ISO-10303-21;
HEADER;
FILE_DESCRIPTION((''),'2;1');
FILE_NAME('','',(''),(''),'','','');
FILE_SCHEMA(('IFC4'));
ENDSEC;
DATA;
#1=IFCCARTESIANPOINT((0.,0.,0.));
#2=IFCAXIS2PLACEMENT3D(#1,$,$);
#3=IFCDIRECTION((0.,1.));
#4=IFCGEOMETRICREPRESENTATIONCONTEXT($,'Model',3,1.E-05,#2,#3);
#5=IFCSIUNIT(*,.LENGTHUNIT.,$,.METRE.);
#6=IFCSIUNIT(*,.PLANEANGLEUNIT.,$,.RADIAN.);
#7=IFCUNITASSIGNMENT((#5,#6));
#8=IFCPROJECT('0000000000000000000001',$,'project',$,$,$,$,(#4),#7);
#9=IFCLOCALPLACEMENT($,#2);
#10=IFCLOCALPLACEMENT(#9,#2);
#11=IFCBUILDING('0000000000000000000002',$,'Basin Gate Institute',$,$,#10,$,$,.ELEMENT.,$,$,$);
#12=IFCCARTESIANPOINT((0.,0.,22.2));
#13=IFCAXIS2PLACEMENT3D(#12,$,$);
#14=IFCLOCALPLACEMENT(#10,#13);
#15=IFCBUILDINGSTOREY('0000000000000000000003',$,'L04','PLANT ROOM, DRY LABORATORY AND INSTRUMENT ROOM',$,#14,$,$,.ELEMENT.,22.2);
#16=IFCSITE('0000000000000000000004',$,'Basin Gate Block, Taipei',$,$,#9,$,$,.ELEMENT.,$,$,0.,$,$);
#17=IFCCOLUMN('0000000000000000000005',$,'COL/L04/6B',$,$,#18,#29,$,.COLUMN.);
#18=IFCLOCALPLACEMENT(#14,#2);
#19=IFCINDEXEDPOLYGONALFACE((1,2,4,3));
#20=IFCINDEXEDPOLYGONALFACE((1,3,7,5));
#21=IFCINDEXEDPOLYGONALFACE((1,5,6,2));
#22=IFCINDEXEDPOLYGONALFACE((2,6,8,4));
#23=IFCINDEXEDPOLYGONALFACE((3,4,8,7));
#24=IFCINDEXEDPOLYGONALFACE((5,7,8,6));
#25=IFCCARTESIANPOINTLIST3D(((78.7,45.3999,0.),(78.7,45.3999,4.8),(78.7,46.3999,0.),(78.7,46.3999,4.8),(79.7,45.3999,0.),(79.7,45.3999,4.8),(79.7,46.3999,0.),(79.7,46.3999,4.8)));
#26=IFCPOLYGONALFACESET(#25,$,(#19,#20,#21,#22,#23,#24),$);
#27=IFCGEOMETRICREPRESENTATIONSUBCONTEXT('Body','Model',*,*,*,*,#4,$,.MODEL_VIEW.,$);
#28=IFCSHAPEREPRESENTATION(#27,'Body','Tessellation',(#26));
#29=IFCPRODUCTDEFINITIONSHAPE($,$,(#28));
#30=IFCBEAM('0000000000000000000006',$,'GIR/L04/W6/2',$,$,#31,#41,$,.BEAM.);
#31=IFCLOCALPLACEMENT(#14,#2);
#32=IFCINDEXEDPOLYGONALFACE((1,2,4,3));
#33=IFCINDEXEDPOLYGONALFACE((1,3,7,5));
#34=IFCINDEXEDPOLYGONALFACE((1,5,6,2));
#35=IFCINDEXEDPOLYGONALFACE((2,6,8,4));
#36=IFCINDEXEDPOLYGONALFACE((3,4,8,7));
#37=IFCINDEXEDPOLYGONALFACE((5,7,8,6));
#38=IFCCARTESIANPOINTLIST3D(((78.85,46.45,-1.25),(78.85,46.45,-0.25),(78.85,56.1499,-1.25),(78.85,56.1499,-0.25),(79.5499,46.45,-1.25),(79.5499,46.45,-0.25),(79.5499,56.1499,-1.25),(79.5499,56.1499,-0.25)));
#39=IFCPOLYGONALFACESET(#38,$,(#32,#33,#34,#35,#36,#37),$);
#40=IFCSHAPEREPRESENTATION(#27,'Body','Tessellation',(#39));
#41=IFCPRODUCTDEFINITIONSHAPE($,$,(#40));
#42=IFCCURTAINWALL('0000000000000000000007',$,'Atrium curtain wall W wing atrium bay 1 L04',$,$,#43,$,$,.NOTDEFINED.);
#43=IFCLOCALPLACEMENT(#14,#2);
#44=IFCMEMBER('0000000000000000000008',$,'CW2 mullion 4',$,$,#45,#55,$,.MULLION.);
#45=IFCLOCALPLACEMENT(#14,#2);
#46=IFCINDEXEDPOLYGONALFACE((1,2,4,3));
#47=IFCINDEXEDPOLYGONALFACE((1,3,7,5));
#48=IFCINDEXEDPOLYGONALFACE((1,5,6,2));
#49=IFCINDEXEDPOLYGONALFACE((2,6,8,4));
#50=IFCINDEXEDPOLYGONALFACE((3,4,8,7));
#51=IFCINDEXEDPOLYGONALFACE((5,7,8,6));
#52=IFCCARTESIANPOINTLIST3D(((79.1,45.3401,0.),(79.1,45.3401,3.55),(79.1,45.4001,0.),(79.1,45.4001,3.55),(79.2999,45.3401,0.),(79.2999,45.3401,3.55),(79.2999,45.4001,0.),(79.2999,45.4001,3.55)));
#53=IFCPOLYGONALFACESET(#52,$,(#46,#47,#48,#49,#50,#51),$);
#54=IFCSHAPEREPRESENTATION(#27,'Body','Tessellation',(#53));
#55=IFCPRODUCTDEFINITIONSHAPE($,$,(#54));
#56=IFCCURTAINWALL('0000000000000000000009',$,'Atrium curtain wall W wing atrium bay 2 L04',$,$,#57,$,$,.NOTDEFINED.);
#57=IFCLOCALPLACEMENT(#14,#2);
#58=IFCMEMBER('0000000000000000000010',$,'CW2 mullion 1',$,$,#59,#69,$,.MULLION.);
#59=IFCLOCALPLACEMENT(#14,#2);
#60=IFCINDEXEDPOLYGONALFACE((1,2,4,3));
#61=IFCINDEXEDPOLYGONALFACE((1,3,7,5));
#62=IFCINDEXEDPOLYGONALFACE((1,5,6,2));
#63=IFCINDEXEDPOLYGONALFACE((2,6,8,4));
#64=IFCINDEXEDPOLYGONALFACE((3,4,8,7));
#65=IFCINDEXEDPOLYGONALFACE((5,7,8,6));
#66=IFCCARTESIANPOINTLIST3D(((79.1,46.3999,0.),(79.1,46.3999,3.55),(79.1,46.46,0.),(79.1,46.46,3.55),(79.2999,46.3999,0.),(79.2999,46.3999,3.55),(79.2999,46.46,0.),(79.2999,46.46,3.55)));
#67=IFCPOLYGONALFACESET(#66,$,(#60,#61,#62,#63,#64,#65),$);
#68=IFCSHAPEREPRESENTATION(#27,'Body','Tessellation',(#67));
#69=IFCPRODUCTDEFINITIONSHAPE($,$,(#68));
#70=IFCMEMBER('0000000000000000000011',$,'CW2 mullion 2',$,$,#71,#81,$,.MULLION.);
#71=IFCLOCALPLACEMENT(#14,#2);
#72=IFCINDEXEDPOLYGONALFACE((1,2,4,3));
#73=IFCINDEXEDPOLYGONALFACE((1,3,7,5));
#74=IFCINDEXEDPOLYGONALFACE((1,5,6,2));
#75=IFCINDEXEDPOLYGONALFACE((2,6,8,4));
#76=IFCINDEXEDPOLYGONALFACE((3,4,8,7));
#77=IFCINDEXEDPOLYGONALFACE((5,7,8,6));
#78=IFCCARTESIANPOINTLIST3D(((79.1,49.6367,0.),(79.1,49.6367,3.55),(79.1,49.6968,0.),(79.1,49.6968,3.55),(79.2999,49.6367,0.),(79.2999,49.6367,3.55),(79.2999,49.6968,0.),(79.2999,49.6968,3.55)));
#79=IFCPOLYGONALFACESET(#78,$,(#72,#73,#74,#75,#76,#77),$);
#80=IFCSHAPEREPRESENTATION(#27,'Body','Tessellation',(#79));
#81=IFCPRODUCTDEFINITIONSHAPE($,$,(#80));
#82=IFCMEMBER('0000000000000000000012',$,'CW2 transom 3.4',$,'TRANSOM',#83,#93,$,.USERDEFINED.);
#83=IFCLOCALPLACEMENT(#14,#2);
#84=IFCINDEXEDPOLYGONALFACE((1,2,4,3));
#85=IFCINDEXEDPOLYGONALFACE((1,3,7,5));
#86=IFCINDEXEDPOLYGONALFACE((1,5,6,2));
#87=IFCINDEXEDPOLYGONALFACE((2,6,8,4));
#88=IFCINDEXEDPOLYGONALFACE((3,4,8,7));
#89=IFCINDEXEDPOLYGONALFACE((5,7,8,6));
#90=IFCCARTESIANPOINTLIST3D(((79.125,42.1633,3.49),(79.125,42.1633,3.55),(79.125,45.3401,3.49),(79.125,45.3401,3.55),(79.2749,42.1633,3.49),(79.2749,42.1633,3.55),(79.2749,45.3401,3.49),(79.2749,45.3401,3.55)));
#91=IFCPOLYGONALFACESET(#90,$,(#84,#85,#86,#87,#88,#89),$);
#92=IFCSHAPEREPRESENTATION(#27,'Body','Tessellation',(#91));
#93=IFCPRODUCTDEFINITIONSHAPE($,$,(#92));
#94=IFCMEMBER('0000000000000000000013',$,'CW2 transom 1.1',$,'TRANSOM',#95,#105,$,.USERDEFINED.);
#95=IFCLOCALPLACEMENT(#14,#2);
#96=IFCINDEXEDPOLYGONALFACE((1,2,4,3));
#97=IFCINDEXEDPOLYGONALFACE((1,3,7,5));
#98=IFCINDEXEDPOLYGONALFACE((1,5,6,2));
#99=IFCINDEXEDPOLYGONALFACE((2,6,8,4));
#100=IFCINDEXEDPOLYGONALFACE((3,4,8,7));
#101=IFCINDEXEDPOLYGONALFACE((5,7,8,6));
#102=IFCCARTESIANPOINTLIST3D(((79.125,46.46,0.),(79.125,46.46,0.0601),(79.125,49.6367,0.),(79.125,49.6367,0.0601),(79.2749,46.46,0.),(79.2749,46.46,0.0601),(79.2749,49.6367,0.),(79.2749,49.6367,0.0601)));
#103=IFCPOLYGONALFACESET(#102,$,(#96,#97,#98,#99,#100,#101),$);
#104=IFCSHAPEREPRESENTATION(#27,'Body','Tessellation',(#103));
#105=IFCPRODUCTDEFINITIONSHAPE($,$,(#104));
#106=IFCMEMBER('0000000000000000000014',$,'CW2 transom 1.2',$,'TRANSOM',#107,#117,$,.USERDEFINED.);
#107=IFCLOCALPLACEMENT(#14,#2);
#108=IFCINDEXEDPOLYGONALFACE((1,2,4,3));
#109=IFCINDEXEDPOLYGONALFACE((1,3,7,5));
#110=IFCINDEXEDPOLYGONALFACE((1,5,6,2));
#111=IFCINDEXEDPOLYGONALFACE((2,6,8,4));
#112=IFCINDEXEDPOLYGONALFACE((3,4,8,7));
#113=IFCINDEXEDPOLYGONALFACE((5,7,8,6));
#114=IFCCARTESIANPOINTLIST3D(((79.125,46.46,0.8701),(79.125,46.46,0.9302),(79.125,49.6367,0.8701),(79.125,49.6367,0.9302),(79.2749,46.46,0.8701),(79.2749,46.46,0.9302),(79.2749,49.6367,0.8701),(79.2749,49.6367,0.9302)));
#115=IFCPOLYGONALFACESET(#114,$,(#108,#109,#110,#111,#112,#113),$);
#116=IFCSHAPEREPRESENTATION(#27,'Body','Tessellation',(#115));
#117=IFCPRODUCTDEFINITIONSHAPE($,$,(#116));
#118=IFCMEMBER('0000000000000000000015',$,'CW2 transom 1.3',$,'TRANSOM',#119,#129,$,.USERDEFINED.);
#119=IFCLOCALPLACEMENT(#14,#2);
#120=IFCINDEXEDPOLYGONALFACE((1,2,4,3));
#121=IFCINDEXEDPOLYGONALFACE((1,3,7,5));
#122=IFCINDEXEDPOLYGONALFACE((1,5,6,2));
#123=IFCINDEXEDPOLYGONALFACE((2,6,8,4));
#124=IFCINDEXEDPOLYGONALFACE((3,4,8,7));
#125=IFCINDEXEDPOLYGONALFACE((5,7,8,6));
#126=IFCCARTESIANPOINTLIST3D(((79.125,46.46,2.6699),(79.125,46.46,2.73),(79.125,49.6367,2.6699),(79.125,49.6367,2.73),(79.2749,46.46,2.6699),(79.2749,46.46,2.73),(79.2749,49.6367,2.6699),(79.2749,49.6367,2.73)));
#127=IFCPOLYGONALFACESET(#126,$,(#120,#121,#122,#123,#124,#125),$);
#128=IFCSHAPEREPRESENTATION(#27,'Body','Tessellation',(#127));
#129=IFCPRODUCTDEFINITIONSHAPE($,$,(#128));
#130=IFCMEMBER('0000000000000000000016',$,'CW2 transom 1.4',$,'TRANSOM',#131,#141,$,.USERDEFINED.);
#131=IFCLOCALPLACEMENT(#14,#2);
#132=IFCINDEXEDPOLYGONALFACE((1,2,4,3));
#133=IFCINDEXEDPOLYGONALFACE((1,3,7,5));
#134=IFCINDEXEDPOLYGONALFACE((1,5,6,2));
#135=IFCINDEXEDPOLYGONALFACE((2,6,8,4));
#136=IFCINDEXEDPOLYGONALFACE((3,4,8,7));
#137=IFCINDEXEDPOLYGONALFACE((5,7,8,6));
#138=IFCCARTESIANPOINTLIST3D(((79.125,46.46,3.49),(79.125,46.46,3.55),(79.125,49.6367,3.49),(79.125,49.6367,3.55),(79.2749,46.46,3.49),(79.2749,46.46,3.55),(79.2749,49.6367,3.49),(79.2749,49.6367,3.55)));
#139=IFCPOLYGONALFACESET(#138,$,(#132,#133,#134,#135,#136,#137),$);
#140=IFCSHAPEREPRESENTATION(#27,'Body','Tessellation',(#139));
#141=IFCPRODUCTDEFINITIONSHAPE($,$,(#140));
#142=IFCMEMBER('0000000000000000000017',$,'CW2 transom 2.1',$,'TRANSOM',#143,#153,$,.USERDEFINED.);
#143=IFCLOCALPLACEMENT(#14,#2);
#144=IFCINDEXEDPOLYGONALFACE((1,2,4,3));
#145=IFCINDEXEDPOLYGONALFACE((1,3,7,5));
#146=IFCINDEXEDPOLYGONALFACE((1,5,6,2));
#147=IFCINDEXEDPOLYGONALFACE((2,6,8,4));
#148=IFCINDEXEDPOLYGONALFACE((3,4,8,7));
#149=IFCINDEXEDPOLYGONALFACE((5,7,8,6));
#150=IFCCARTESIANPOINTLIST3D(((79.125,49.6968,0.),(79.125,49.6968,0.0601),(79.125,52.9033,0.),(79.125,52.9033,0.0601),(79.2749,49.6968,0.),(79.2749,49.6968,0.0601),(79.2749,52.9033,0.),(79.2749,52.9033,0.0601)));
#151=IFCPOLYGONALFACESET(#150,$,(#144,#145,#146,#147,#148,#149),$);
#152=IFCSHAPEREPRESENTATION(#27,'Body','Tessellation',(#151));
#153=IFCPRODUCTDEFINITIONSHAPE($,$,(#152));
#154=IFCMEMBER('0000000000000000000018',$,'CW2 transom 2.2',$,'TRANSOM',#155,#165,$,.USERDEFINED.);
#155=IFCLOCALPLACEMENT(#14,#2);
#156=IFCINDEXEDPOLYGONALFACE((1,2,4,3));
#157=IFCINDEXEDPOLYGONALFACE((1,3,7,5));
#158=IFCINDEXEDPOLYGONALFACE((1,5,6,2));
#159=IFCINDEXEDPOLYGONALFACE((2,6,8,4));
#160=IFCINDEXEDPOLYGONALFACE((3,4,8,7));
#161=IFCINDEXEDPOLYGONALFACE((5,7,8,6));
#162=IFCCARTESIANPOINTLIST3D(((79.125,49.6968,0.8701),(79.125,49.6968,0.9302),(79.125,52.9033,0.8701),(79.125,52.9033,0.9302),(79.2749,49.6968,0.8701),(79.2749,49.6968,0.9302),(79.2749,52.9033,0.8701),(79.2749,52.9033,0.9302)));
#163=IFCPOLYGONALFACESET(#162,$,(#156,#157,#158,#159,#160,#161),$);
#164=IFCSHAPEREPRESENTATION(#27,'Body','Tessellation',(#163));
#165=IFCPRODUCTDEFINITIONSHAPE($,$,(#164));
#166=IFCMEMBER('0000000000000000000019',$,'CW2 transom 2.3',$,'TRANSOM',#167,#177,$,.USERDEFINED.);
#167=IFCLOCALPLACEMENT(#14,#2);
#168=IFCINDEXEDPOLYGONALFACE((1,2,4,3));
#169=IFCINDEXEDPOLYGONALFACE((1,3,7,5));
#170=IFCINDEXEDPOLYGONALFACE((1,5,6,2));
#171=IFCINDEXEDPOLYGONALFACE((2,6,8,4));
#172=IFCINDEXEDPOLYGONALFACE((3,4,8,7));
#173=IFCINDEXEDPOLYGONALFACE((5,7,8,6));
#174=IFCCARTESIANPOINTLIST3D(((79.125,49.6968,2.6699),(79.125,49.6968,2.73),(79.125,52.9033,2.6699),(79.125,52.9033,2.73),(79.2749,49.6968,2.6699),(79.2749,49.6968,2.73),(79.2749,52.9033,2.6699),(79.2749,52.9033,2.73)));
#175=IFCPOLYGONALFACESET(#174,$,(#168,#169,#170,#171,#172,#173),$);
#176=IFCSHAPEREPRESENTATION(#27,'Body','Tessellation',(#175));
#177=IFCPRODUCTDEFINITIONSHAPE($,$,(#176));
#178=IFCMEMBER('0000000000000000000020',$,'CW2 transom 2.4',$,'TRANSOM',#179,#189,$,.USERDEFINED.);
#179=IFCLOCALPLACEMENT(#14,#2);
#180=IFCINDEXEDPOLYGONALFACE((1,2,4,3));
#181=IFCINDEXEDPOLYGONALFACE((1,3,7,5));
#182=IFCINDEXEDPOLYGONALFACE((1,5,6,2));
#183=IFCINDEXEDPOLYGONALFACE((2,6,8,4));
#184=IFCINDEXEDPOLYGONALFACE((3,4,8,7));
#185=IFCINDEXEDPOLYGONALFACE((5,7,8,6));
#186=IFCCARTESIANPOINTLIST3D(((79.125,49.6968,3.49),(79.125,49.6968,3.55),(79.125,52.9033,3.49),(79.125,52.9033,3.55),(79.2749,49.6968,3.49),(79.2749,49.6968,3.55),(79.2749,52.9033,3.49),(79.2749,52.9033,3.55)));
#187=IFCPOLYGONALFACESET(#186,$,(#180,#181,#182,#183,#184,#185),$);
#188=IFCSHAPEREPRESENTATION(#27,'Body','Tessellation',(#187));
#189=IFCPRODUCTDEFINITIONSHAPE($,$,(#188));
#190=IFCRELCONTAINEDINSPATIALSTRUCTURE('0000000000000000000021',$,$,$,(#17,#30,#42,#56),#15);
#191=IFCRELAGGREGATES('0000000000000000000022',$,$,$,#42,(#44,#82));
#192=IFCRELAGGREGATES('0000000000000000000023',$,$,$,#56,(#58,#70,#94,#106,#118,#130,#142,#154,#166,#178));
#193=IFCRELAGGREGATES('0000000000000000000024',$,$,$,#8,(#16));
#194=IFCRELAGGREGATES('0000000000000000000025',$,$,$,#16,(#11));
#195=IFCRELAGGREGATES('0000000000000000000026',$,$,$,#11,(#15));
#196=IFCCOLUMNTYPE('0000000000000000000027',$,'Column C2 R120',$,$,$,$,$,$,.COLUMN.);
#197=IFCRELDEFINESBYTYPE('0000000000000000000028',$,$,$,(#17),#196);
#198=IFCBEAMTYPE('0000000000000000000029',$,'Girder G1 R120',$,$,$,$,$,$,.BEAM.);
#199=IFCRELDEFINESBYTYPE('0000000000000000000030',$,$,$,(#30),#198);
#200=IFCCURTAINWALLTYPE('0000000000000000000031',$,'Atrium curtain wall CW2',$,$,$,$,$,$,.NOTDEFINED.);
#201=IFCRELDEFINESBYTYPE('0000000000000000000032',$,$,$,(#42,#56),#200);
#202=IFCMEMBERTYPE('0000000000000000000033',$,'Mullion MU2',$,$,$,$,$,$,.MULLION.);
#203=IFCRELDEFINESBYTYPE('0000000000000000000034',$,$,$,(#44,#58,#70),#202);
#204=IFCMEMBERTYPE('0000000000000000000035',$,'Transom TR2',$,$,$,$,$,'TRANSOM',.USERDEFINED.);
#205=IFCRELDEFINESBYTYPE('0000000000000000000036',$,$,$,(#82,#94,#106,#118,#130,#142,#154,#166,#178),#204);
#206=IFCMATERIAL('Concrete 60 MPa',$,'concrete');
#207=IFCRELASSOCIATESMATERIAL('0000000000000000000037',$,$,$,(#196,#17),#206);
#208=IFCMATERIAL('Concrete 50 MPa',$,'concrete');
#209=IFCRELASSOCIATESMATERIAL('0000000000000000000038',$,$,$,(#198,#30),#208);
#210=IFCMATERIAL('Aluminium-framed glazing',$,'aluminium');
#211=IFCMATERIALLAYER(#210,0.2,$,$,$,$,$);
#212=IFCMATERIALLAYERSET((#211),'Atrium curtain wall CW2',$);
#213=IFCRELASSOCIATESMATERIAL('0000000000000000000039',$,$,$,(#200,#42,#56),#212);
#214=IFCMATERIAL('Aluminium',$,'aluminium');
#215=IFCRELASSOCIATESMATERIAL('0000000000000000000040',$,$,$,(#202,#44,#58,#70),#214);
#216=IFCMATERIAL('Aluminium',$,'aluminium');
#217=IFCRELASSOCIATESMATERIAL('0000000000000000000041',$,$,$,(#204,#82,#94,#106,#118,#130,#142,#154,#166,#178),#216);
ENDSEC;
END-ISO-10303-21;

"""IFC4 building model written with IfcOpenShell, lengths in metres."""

from ifc_helpers import new_model, si_unit, direction, frame, origin, origin_2d, place, context, subcontext, project, spatial, rectangle, extrude, material, layer, layer_set, material_profile, profile_set, type_object, element, aggregate, save


model = new_model("IFC4")

# Units and contexts
model_context = context("Model", 3, precision=1e-05, world=origin(), true_north=direction((0.0, 1.0)))
body_context = subcontext(model_context, "Body", "Model", "MODEL_VIEW")
ifc_project = project(units=[si_unit("LENGTHUNIT", "METRE"), si_unit("PLANEANGLEUNIT", "RADIAN")], contexts=[model_context])

# Site, building, storey
site_placement = place(None, origin())
site = spatial("IfcSite", under=ifc_project, at=site_placement, Name="Basin Gate Block, Taipei", CompositionType="ELEMENT", RefElevation=0.0)
building_placement = place(site_placement, origin())
building = spatial("IfcBuilding", under=site, at=building_placement, Name="Basin Gate Institute", CompositionType="ELEMENT")
storey_placement = place(building_placement, frame((0.0, 0.0, 22.2)))
storey = spatial("IfcBuildingStorey", under=building, at=storey_placement, Name="L04", Description="PLANT ROOM, DRY LABORATORY AND INSTRUMENT ROOM", CompositionType="ELEMENT", Elevation=22.2)

# Column
ifc_material_1 = material(Name="Concrete 60 MPa", Category="concrete")
ifc_material_profile_1 = material_profile(ifc_material_1, rectangle(XDim=1.0, YDim=1.0, at=origin_2d()), Name="Column C2 1000 x 1000")
ifc_profile_set_1 = profile_set([ifc_material_profile_1], Name="Concrete 60 MPa")
column_type = type_object("IfcColumnType", Name="Column C2 R120", PredefinedType="COLUMN", material=ifc_profile_set_1)
column_placement = place(storey_placement, frame((79.2, 45.8999, 0.0), z_axis=(0.0, 0.0, 1.0), x_axis=(1.0, 0.0, 0.0)))
element("IfcColumn", 1, at=column_placement, inside=storey, type_object=column_type, material=ifc_profile_set_1, Name="COL/L04/6B", PredefinedType="COLUMN", context=body_context, shape_type="SweptSolid", body=[
    extrude(rectangle(XDim=1.0, YDim=1.0, at=origin_2d()), origin(), (0.0, 0.0, 1.0), 4.8),
])

# Beam
ifc_material_2 = material(Name="Concrete 50 MPa", Category="concrete")
ifc_material_profile_2 = material_profile(ifc_material_2, rectangle(XDim=0.7, YDim=1.0, at=origin_2d()), Name="Girder G1 700 x 1000")
ifc_profile_set_2 = profile_set([ifc_material_profile_2], Name="Concrete 50 MPa")
beam_type = type_object("IfcBeamType", Name="Girder G1 R120", PredefinedType="BEAM", material=ifc_profile_set_2)
beam_placement = place(storey_placement, frame((79.2, 46.45, -0.75), z_axis=(0.0, 1.0, 0.0), x_axis=(-1.0, 0.0, 0.0)))
element("IfcBeam", 2, at=beam_placement, inside=storey, type_object=beam_type, material=ifc_profile_set_2, Name="GIR/L04/W6/2", PredefinedType="BEAM", context=body_context, shape_type="SweptSolid", body=[
    extrude(rectangle(XDim=0.7, YDim=1.0, at=origin_2d()), origin(), (0.0, 0.0, 1.0), 9.7),
])

# Curtain wall, member
ifc_material_3 = material(Name="Aluminium-framed glazing", Category="aluminium")
ifc_layer_1 = layer(ifc_material_3, 0.2)
ifc_layer_set_1 = layer_set([ifc_layer_1], Name="Atrium curtain wall CW2")
curtain_wall_type = type_object("IfcCurtainWallType", Name="Atrium curtain wall CW2", PredefinedType="NOTDEFINED", material=ifc_layer_set_1)
curtain_wall_1_placement = place(storey_placement, origin())
curtain_wall_1 = element("IfcCurtainWall", 3, at=curtain_wall_1_placement, inside=storey, type_object=curtain_wall_type, material=ifc_layer_set_1, Name="Atrium curtain wall W wing atrium bay 1 L04", PredefinedType="NOTDEFINED")
ifc_material_4 = material(Name="Aluminium", Category="aluminium")
ifc_material_profile_3 = material_profile(ifc_material_4, rectangle(XDim=0.2, YDim=0.0601, at=origin_2d()), Name="Mullion MU2 200 x 60")
ifc_profile_set_3 = profile_set([ifc_material_profile_3], Name="Aluminium")
member_type_1 = type_object("IfcMemberType", Name="Mullion MU2", PredefinedType="MULLION", material=ifc_profile_set_3)
member_1_placement = place(storey_placement, frame((79.2, 45.3701, 0.0), z_axis=(0.0, 0.0, 1.0), x_axis=(-1.0, 0.0, 0.0)))
member_1 = element("IfcMember", 4, at=member_1_placement, type_object=member_type_1, material=ifc_profile_set_3, Name="CW2 mullion 4", PredefinedType="MULLION", context=body_context, shape_type="SweptSolid", body=[
    extrude(rectangle(XDim=0.2, YDim=0.0601, at=origin_2d()), origin(), (0.0, 0.0, 1.0), 3.55),
])

# Curtain wall, members
curtain_wall_2_placement = place(storey_placement, origin())
curtain_wall_2 = element("IfcCurtainWall", 5, at=curtain_wall_2_placement, inside=storey, type_object=curtain_wall_type, material=ifc_layer_set_1, Name="Atrium curtain wall W wing atrium bay 2 L04", PredefinedType="NOTDEFINED")
member_2_placement = place(storey_placement, frame((79.2, 46.4299, 0.0), z_axis=(0.0, 0.0, 1.0), x_axis=(-1.0, 0.0, 0.0)))
member_2 = element("IfcMember", 6, at=member_2_placement, type_object=member_type_1, material=ifc_profile_set_3, Name="CW2 mullion 1", PredefinedType="MULLION", context=body_context, shape_type="SweptSolid", body=[
    extrude(rectangle(XDim=0.2, YDim=0.0601, at=origin_2d()), origin(), (0.0, 0.0, 1.0), 3.55),
])
member_3_placement = place(storey_placement, frame((79.2, 49.6667, 0.0), z_axis=(0.0, 0.0, 1.0), x_axis=(-1.0, 0.0, 0.0)))
member_3 = element("IfcMember", 7, at=member_3_placement, type_object=member_type_1, material=ifc_profile_set_3, Name="CW2 mullion 2", PredefinedType="MULLION", context=body_context, shape_type="SweptSolid", body=[
    extrude(rectangle(XDim=0.2, YDim=0.0601, at=origin_2d()), origin(), (0.0, 0.0, 1.0), 3.55),
])

# Members
ifc_material_5 = material(Name="Aluminium", Category="aluminium")
ifc_material_profile_4 = material_profile(ifc_material_5, rectangle(XDim=0.1499, YDim=0.0601, at=origin_2d()), Name="Transom TR2 150 x 60")
ifc_profile_set_4 = profile_set([ifc_material_profile_4], Name="Aluminium")
member_type_2 = type_object("IfcMemberType", Name="Transom TR2", ElementType="TRANSOM", PredefinedType="USERDEFINED", material=ifc_profile_set_4)
member_4_placement = place(storey_placement, frame((79.2, 42.1633, 3.52), z_axis=(0.0, 1.0, 0.0), x_axis=(-1.0, 0.0, 0.0)))
member_4 = element("IfcMember", 8, at=member_4_placement, type_object=member_type_2, material=ifc_profile_set_4, Name="CW2 transom 3.4", ObjectType="TRANSOM", PredefinedType="USERDEFINED", context=body_context, shape_type="SweptSolid", body=[
    extrude(rectangle(XDim=0.1499, YDim=0.0601, at=origin_2d()), origin(), (0.0, 0.0, 1.0), 3.1768),
])
member_5_placement = place(storey_placement, frame((79.2, 46.46, 0.03), z_axis=(0.0, 1.0, 0.0), x_axis=(-1.0, 0.0, 0.0)))
member_5 = element("IfcMember", 9, at=member_5_placement, type_object=member_type_2, material=ifc_profile_set_4, Name="CW2 transom 1.1", ObjectType="TRANSOM", PredefinedType="USERDEFINED", context=body_context, shape_type="SweptSolid", body=[
    extrude(rectangle(XDim=0.1499, YDim=0.0601, at=origin_2d()), origin(), (0.0, 0.0, 1.0), 3.1768),
])
member_6_placement = place(storey_placement, frame((79.2, 46.46, 0.9001), z_axis=(0.0, 1.0, 0.0), x_axis=(-1.0, 0.0, 0.0)))
member_6 = element("IfcMember", 10, at=member_6_placement, type_object=member_type_2, material=ifc_profile_set_4, Name="CW2 transom 1.2", ObjectType="TRANSOM", PredefinedType="USERDEFINED", context=body_context, shape_type="SweptSolid", body=[
    extrude(rectangle(XDim=0.1499, YDim=0.0601, at=origin_2d()), origin(), (0.0, 0.0, 1.0), 3.1768),
])
member_7_placement = place(storey_placement, frame((79.2, 46.46, 2.7), z_axis=(0.0, 1.0, 0.0), x_axis=(-1.0, 0.0, 0.0)))
member_7 = element("IfcMember", 11, at=member_7_placement, type_object=member_type_2, material=ifc_profile_set_4, Name="CW2 transom 1.3", ObjectType="TRANSOM", PredefinedType="USERDEFINED", context=body_context, shape_type="SweptSolid", body=[
    extrude(rectangle(XDim=0.1499, YDim=0.0601, at=origin_2d()), origin(), (0.0, 0.0, 1.0), 3.1768),
])
member_8_placement = place(storey_placement, frame((79.2, 46.46, 3.52), z_axis=(0.0, 1.0, 0.0), x_axis=(-1.0, 0.0, 0.0)))
member_8 = element("IfcMember", 12, at=member_8_placement, type_object=member_type_2, material=ifc_profile_set_4, Name="CW2 transom 1.4", ObjectType="TRANSOM", PredefinedType="USERDEFINED", context=body_context, shape_type="SweptSolid", body=[
    extrude(rectangle(XDim=0.1499, YDim=0.0601, at=origin_2d()), origin(), (0.0, 0.0, 1.0), 3.1768),
])
member_9_placement = place(storey_placement, frame((79.2, 49.6968, 0.03), z_axis=(0.0, 1.0, 0.0), x_axis=(-1.0, 0.0, 0.0)))
member_9 = element("IfcMember", 13, at=member_9_placement, type_object=member_type_2, material=ifc_profile_set_4, Name="CW2 transom 2.1", ObjectType="TRANSOM", PredefinedType="USERDEFINED", context=body_context, shape_type="SweptSolid", body=[
    extrude(rectangle(XDim=0.1499, YDim=0.0601, at=origin_2d()), origin(), (0.0, 0.0, 1.0), 3.2065),
])
member_10_placement = place(storey_placement, frame((79.2, 49.6968, 0.9001), z_axis=(0.0, 1.0, 0.0), x_axis=(-1.0, 0.0, 0.0)))
member_10 = element("IfcMember", 14, at=member_10_placement, type_object=member_type_2, material=ifc_profile_set_4, Name="CW2 transom 2.2", ObjectType="TRANSOM", PredefinedType="USERDEFINED", context=body_context, shape_type="SweptSolid", body=[
    extrude(rectangle(XDim=0.1499, YDim=0.0601, at=origin_2d()), origin(), (0.0, 0.0, 1.0), 3.2065),
])
member_11_placement = place(storey_placement, frame((79.2, 49.6968, 2.7), z_axis=(0.0, 1.0, 0.0), x_axis=(-1.0, 0.0, 0.0)))
member_11 = element("IfcMember", 15, at=member_11_placement, type_object=member_type_2, material=ifc_profile_set_4, Name="CW2 transom 2.3", ObjectType="TRANSOM", PredefinedType="USERDEFINED", context=body_context, shape_type="SweptSolid", body=[
    extrude(rectangle(XDim=0.1499, YDim=0.0601, at=origin_2d()), origin(), (0.0, 0.0, 1.0), 3.2065),
])
member_12_placement = place(storey_placement, frame((79.2, 49.6968, 3.52), z_axis=(0.0, 1.0, 0.0), x_axis=(-1.0, 0.0, 0.0)))
member_12 = element("IfcMember", 16, at=member_12_placement, type_object=member_type_2, material=ifc_profile_set_4, Name="CW2 transom 2.4", ObjectType="TRANSOM", PredefinedType="USERDEFINED", context=body_context, shape_type="SweptSolid", body=[
    extrude(rectangle(XDim=0.1499, YDim=0.0601, at=origin_2d()), origin(), (0.0, 0.0, 1.0), 3.2065),
])

aggregate(curtain_wall_1, [member_1, member_4])
aggregate(curtain_wall_2, [member_2, member_3, member_5, member_6, member_7, member_8, member_9, member_10, member_11, member_12])

save(model, "model.ifc")
